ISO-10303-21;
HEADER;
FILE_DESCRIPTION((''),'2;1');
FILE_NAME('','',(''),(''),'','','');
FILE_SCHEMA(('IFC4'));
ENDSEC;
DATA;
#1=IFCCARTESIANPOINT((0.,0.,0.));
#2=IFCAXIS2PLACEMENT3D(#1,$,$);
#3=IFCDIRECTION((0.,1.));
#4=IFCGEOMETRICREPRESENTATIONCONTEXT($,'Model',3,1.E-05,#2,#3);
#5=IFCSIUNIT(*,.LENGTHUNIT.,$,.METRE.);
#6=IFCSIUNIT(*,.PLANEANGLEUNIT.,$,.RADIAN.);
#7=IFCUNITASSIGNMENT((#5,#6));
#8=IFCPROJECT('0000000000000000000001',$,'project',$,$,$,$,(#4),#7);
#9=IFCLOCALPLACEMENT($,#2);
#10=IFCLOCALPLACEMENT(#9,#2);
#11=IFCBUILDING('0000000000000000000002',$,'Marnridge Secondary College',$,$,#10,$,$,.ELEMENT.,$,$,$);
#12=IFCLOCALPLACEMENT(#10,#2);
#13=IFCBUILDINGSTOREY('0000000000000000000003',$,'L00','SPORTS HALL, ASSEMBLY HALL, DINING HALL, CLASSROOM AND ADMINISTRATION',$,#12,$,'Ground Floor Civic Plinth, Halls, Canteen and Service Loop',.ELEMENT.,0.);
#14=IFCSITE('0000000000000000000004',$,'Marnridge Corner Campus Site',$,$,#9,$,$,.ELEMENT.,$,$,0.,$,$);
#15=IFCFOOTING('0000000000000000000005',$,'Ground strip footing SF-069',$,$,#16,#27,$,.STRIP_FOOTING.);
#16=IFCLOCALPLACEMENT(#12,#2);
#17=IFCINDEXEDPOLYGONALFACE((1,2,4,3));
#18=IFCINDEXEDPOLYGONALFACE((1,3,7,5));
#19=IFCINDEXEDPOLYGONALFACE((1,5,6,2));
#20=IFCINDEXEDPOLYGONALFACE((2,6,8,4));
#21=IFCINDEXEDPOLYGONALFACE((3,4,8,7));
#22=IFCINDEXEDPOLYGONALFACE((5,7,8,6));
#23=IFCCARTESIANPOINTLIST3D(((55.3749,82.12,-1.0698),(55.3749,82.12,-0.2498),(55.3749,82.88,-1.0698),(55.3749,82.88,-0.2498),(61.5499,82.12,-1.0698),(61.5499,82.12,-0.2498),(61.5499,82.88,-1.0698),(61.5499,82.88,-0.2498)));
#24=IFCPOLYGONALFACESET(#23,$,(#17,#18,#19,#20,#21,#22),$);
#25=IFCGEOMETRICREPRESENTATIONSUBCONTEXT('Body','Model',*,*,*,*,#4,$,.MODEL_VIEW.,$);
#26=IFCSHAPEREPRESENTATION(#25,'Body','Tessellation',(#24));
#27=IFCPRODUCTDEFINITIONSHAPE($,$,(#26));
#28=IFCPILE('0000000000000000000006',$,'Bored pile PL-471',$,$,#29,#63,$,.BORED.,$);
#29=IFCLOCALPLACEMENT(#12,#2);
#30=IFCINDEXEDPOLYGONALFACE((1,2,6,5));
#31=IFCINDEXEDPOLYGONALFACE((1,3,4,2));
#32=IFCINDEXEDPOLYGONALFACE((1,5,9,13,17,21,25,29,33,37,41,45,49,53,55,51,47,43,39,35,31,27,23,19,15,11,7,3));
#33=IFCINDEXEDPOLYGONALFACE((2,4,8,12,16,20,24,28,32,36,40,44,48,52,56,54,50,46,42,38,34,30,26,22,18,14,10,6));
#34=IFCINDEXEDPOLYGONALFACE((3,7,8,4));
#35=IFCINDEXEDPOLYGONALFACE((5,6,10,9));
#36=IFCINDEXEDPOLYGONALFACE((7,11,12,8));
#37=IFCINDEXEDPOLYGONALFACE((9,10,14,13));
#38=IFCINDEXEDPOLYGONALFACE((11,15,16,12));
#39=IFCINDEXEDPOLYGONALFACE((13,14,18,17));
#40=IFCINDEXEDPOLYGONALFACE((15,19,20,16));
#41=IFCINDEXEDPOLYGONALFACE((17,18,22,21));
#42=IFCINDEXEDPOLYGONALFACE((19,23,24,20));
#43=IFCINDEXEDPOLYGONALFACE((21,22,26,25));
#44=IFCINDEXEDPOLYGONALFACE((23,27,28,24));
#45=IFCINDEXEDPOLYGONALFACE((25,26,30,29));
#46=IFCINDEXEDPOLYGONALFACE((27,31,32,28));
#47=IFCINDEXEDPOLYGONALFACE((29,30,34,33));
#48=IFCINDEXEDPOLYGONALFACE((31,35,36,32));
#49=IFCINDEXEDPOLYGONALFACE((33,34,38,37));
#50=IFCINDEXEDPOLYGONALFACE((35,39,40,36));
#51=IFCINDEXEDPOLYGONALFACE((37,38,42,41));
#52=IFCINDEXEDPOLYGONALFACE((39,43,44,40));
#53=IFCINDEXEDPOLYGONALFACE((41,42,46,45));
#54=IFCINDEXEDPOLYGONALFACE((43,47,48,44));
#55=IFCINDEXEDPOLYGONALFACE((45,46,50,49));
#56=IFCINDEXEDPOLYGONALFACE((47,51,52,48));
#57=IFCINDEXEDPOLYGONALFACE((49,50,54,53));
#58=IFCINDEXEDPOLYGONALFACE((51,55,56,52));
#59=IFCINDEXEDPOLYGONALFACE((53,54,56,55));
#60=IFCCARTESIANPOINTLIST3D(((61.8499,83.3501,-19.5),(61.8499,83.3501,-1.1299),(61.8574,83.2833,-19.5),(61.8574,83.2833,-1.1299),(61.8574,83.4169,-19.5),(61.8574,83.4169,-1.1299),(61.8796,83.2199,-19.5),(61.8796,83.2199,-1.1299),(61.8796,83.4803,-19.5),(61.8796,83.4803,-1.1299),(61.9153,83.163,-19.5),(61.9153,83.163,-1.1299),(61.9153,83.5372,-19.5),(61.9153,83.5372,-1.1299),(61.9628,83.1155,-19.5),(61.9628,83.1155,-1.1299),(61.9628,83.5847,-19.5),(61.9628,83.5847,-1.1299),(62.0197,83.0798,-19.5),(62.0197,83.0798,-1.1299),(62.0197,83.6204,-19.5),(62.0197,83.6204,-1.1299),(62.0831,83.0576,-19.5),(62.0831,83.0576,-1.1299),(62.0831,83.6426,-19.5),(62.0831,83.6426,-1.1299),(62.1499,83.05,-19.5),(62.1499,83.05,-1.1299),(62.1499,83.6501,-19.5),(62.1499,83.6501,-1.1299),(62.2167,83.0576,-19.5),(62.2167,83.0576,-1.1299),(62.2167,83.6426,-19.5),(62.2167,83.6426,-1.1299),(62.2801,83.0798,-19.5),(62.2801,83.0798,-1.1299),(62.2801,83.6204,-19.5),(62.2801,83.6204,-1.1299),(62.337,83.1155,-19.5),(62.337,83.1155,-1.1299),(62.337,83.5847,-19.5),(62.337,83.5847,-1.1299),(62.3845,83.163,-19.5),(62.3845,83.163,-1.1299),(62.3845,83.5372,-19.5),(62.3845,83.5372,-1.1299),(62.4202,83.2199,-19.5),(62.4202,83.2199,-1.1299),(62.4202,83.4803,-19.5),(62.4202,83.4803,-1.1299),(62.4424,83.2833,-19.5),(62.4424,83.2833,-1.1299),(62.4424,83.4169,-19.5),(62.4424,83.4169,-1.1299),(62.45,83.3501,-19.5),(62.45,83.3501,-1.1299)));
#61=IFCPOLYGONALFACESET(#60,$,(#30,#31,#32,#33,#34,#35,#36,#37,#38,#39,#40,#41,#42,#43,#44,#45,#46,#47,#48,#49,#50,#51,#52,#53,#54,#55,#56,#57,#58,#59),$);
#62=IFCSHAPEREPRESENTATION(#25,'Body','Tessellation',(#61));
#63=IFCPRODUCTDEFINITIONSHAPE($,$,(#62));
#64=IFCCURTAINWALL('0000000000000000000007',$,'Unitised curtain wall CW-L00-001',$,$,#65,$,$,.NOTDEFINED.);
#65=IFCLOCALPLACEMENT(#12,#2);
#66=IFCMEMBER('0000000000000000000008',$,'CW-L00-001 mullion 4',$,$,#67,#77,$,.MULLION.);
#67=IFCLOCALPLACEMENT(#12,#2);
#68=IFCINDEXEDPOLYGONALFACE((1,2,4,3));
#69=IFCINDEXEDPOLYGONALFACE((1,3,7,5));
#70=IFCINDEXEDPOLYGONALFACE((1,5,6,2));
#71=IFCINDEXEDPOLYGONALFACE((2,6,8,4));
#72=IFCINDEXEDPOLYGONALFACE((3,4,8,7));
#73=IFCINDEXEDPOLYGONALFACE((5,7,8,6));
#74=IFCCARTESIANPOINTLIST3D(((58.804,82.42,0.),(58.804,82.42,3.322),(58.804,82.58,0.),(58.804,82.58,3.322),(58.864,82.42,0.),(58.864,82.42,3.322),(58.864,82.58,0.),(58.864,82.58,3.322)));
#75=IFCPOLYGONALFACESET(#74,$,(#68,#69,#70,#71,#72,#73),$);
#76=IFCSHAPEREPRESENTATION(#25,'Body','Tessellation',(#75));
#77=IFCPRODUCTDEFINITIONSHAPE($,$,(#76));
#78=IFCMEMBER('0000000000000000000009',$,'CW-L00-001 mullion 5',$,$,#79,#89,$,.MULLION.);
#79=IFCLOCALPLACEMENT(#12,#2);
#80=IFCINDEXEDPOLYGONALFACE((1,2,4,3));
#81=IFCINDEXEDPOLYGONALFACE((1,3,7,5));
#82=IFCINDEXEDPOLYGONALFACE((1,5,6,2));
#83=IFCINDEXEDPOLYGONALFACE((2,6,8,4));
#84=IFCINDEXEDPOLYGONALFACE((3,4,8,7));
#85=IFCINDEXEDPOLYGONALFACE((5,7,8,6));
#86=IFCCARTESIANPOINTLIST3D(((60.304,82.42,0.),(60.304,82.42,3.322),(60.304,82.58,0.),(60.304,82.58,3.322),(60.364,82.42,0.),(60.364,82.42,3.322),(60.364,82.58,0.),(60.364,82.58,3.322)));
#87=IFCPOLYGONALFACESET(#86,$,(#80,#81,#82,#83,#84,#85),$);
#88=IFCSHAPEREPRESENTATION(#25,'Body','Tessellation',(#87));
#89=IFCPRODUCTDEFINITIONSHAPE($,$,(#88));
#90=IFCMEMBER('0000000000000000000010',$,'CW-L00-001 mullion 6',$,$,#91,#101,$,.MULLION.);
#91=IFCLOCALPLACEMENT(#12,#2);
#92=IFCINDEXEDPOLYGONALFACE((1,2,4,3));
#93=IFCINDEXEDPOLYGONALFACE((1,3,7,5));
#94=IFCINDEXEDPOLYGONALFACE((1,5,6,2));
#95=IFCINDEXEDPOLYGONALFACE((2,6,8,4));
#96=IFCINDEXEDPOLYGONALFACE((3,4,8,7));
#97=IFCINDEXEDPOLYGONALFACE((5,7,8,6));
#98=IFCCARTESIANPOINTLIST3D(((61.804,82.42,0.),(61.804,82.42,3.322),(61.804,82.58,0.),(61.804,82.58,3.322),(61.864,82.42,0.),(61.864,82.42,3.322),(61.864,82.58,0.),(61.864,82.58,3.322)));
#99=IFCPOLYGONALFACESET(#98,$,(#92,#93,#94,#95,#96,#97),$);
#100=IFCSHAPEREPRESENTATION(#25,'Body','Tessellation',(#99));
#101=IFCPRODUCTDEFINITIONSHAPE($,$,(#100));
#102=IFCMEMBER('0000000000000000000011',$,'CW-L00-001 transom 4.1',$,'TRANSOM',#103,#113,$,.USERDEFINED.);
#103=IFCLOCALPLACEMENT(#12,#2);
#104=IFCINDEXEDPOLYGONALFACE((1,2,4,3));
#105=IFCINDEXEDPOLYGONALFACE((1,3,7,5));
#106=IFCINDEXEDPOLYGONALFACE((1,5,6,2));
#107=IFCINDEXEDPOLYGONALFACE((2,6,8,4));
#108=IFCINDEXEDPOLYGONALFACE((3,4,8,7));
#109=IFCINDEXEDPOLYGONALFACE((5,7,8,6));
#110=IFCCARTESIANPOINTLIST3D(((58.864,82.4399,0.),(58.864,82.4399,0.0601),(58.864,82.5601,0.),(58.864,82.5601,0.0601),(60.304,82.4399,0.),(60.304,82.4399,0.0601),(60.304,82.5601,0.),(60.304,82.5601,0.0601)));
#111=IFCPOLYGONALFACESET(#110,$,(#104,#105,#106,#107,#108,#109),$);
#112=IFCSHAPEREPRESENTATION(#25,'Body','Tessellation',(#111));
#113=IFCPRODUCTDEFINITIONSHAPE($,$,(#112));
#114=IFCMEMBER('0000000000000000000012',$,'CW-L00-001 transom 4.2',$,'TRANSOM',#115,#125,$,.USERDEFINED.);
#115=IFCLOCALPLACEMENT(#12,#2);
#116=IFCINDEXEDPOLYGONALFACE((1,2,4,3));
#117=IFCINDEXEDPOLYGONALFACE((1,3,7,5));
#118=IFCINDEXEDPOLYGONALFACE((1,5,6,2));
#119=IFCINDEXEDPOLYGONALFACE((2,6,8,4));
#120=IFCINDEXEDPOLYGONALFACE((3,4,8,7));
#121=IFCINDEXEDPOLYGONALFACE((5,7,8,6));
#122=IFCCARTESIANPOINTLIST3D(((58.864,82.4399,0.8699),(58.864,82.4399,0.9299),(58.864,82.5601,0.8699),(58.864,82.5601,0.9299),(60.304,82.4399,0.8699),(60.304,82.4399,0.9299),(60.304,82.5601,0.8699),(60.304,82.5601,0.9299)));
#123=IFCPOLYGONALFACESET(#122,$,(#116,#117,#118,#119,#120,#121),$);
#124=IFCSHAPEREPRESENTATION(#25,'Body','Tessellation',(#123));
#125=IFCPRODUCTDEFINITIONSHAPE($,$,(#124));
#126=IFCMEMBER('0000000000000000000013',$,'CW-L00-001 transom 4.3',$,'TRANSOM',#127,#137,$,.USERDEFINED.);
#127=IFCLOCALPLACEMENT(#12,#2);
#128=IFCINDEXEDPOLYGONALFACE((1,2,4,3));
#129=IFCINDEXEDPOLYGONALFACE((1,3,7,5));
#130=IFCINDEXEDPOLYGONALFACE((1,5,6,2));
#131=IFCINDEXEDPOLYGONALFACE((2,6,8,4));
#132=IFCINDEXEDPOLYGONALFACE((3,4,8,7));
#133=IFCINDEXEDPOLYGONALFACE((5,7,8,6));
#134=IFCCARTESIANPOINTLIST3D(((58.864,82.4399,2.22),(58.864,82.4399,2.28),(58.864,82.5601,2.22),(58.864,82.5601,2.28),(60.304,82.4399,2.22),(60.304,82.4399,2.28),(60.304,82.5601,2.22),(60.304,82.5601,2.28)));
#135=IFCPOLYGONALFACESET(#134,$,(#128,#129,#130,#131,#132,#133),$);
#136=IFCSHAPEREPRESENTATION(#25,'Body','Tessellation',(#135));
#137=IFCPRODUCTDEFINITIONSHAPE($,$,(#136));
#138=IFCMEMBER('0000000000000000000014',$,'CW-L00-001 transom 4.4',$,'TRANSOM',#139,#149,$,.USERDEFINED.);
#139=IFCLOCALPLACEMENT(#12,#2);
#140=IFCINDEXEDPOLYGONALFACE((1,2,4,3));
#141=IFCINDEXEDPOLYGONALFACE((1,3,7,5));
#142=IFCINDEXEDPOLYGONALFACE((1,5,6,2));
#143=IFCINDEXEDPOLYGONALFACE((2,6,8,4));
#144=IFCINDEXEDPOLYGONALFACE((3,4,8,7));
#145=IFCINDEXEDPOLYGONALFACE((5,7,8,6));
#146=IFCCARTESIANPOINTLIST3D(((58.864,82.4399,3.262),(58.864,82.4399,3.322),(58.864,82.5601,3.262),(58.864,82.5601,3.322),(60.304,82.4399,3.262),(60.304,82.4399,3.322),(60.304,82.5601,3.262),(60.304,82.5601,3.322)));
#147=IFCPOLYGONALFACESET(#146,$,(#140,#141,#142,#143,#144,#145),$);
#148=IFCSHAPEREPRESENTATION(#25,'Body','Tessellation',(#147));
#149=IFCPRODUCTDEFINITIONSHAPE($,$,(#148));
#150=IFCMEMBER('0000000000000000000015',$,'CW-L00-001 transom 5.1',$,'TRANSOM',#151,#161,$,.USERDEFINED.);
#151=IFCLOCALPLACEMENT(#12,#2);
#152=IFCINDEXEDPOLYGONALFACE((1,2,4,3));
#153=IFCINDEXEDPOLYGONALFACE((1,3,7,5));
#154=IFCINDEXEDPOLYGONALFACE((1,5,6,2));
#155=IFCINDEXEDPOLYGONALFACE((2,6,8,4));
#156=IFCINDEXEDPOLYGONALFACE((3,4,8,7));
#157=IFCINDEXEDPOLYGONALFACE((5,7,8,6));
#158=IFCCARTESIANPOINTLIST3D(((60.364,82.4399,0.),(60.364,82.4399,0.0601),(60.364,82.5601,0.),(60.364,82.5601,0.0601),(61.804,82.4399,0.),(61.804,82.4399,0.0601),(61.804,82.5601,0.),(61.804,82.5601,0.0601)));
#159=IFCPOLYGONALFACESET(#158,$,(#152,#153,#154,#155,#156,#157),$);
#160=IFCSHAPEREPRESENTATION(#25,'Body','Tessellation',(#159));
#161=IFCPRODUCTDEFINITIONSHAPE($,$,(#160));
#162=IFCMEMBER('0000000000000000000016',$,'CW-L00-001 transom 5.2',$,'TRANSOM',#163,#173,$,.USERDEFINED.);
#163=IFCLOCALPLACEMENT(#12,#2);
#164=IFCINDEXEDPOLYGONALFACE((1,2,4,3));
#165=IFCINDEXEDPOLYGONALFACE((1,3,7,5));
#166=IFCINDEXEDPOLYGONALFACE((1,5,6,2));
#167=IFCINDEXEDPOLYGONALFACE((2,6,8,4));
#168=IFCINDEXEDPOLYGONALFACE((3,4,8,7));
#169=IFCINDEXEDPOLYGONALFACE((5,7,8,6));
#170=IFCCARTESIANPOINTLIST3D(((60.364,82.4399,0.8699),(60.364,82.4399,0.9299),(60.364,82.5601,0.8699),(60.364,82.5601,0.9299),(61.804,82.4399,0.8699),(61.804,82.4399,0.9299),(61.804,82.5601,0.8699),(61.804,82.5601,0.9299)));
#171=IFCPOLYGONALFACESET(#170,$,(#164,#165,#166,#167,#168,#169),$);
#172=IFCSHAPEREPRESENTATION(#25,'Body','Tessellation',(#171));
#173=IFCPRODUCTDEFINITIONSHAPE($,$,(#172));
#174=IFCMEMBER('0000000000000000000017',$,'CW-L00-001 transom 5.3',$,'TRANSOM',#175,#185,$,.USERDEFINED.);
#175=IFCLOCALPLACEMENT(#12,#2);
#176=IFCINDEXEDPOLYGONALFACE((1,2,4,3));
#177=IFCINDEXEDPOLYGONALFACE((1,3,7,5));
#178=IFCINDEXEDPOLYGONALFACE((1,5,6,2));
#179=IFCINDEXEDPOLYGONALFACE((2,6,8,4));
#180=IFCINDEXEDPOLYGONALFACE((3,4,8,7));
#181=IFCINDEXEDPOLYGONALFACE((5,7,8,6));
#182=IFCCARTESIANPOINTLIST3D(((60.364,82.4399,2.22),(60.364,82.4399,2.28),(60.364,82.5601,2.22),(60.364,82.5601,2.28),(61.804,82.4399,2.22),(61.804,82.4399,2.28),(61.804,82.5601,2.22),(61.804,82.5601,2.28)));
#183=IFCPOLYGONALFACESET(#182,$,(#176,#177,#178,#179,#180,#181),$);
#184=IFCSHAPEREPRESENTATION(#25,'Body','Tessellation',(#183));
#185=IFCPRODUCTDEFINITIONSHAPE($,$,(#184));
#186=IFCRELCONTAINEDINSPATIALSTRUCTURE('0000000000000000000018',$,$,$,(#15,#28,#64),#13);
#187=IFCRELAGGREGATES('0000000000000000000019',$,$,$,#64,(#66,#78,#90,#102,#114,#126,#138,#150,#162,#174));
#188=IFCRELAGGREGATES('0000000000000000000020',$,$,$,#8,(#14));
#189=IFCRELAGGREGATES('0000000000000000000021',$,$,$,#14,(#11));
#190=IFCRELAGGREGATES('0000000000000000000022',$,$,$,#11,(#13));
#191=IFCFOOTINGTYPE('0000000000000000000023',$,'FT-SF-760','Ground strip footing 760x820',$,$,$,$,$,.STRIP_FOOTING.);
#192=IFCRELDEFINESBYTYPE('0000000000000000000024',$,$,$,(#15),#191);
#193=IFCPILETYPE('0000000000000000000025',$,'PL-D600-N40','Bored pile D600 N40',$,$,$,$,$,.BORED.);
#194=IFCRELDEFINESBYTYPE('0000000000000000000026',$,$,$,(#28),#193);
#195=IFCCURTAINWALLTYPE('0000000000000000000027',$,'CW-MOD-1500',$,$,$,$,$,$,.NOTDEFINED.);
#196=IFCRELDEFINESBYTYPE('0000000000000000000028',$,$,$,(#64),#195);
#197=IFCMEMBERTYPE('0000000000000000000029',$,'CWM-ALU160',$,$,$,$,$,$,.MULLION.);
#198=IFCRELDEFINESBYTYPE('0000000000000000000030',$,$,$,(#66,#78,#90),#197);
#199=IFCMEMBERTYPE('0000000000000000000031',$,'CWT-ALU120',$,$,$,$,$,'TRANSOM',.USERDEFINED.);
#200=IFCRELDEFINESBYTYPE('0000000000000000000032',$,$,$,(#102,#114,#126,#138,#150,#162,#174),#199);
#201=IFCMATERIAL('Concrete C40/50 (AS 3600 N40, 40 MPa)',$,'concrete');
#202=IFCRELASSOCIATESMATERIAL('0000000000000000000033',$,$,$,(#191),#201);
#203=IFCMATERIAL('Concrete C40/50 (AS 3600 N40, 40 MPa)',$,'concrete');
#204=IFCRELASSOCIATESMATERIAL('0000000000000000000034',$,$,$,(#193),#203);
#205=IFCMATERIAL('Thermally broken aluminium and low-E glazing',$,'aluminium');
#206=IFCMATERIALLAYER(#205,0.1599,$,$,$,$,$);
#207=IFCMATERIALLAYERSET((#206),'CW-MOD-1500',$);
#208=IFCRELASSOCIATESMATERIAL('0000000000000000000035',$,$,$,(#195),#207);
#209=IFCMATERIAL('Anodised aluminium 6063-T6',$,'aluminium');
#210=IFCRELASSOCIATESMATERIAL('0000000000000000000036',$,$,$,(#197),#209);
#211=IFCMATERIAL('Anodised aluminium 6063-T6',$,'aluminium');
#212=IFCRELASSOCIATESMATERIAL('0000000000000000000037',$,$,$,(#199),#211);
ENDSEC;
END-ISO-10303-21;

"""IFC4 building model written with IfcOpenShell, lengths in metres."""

from ifc_helpers import new_model, si_unit, direction, frame, origin, origin_2d, place, context, subcontext, project, spatial, rectangle, circle, extrude, material, layer, layer_set, material_profile, profile_set, type_object, element, aggregate, save


model = new_model("IFC4")

# Units and contexts
model_context = context("Model", 3, precision=1e-05, world=origin(), true_north=direction((0.0, 1.0)))
body_context = subcontext(model_context, "Body", "Model", "MODEL_VIEW")
ifc_project = project(units=[si_unit("LENGTHUNIT", "METRE"), si_unit("PLANEANGLEUNIT", "RADIAN")], contexts=[model_context])

# Site, building, storey
site_placement = place(None, origin())
site = spatial("IfcSite", under=ifc_project, at=site_placement, Name="Marnridge Corner Campus Site", CompositionType="ELEMENT", RefElevation=0.0)
building_placement = place(site_placement, origin())
building = spatial("IfcBuilding", under=site, at=building_placement, Name="Marnridge Secondary College", CompositionType="ELEMENT")
storey_placement = place(building_placement, origin())
storey = spatial("IfcBuildingStorey", under=building, at=storey_placement, Name="L00", Description="SPORTS HALL, ASSEMBLY HALL, DINING HALL, CLASSROOM AND ADMINISTRATION", LongName="Ground Floor Civic Plinth, Halls, Canteen and Service Loop", CompositionType="ELEMENT", Elevation=0.0)

# Footing
ifc_material_1 = material(Name="Concrete C40/50 (AS 3600 N40, 40 MPa)", Category="concrete")
footing_type = type_object("IfcFootingType", Name="FT-SF-760", Description="Ground strip footing 760x820", PredefinedType="STRIP_FOOTING", material=ifc_material_1)
footing_placement = place(storey_placement, frame((58.4624, 82.5, -1.0698), z_axis=(0.0, 0.0, 1.0), x_axis=(1.0, 0.0, 0.0)))
element("IfcFooting", 1, at=footing_placement, inside=storey, type_object=footing_type, Name="Ground strip footing SF-069", PredefinedType="STRIP_FOOTING", context=body_context, shape_type="SweptSolid", body=[
    extrude(rectangle(XDim=6.175, YDim=0.76, at=origin_2d()), origin(), (0.0, 0.0, 1.0), 0.8201),
])

# Pile
ifc_material_2 = material(Name="Concrete C40/50 (AS 3600 N40, 40 MPa)", Category="concrete")
ifc_material_profile_1 = material_profile(ifc_material_2, circle(Radius=0.3, at=origin_2d()), Name="PILE D600")
ifc_profile_set_1 = profile_set([ifc_material_profile_1], Name="Concrete C40/50 (AS 3600 N40, 40 MPa)")
pile_type = type_object("IfcPileType", Name="PL-D600-N40", Description="Bored pile D600 N40", PredefinedType="BORED", material=ifc_profile_set_1)
pile_placement = place(storey_placement, frame((62.1499, 83.3501, -1.1299), z_axis=(0.0, 0.0, -1.0), x_axis=(1.0, 0.0, 0.0)))
element("IfcPile", 2, at=pile_placement, inside=storey, type_object=pile_type, Name="Bored pile PL-471", PredefinedType="BORED", context=body_context, shape_type="SweptSolid", body=[
    extrude(circle(Radius=0.3, at=origin_2d()), origin(), (0.0, 0.0, 1.0), 18.3701),
])

# Curtain wall, members
ifc_material_3 = material(Name="Thermally broken aluminium and low-E glazing", Category="aluminium")
ifc_layer_1 = layer(ifc_material_3, 0.1599)
ifc_layer_set_1 = layer_set([ifc_layer_1], Name="CW-MOD-1500")
curtain_wall_type = type_object("IfcCurtainWallType", Name="CW-MOD-1500", PredefinedType="NOTDEFINED", material=ifc_layer_set_1)
curtain_wall_placement = place(storey_placement, origin())
curtain_wall = element("IfcCurtainWall", 3, at=curtain_wall_placement, inside=storey, type_object=curtain_wall_type, Name="Unitised curtain wall CW-L00-001", PredefinedType="NOTDEFINED")
ifc_material_4 = material(Name="Anodised aluminium 6063-T6", Category="aluminium")
ifc_material_profile_2 = material_profile(ifc_material_4, rectangle(XDim=0.0601, YDim=0.1599, at=origin_2d()), Name="ALU 60x160")
ifc_profile_set_2 = profile_set([ifc_material_profile_2], Name="Anodised aluminium 6063-T6")
member_type_1 = type_object("IfcMemberType", Name="CWM-ALU160", PredefinedType="MULLION", material=ifc_profile_set_2)
member_1_placement = place(storey_placement, frame((58.834, 82.5, 0.0), z_axis=(0.0, 0.0, 1.0), x_axis=(1.0, 0.0, 0.0)))
member_1 = element("IfcMember", 4, at=member_1_placement, type_object=member_type_1, Name="CW-L00-001 mullion 4", PredefinedType="MULLION", context=body_context, shape_type="SweptSolid", body=[
    extrude(rectangle(XDim=0.0601, YDim=0.1599, at=origin_2d()), origin(), (0.0, 0.0, 1.0), 3.322),
])
member_2_placement = place(storey_placement, frame((60.334, 82.5, 0.0), z_axis=(0.0, 0.0, 1.0), x_axis=(1.0, 0.0, 0.0)))
member_2 = element("IfcMember", 5, at=member_2_placement, type_object=member_type_1, Name="CW-L00-001 mullion 5", PredefinedType="MULLION", context=body_context, shape_type="SweptSolid", body=[
    extrude(rectangle(XDim=0.0601, YDim=0.1599, at=origin_2d()), origin(), (0.0, 0.0, 1.0), 3.322),
])
member_3_placement = place(storey_placement, frame((61.834, 82.5, 0.0), z_axis=(0.0, 0.0, 1.0), x_axis=(1.0, 0.0, 0.0)))
member_3 = element("IfcMember", 6, at=member_3_placement, type_object=member_type_1, Name="CW-L00-001 mullion 6", PredefinedType="MULLION", context=body_context, shape_type="SweptSolid", body=[
    extrude(rectangle(XDim=0.0601, YDim=0.1599, at=origin_2d()), origin(), (0.0, 0.0, 1.0), 3.322),
])
ifc_material_5 = material(Name="Anodised aluminium 6063-T6", Category="aluminium")
ifc_material_profile_3 = material_profile(ifc_material_5, rectangle(XDim=0.0601, YDim=0.1201, at=origin_2d()), Name="ALU 60x120")
ifc_profile_set_3 = profile_set([ifc_material_profile_3], Name="Anodised aluminium 6063-T6")
member_type_2 = type_object("IfcMemberType", Name="CWT-ALU120", ElementType="TRANSOM", PredefinedType="USERDEFINED", material=ifc_profile_set_3)
member_4_placement = place(storey_placement, frame((58.864, 82.5, 0.03), z_axis=(1.0, 0.0, 0.0), x_axis=(0.0, 0.0, 1.0)))
member_4 = element("IfcMember", 7, at=member_4_placement, type_object=member_type_2, Name="CW-L00-001 transom 4.1", ObjectType="TRANSOM", PredefinedType="USERDEFINED", context=body_context, shape_type="SweptSolid", body=[
    extrude(rectangle(XDim=0.0601, YDim=0.1201, at=origin_2d()), origin(), (0.0, 0.0, 1.0), 1.4399),
])
member_5_placement = place(storey_placement, frame((58.864, 82.5, 0.8999), z_axis=(1.0, 0.0, 0.0), x_axis=(0.0, 0.0, 1.0)))
member_5 = element("IfcMember", 8, at=member_5_placement, type_object=member_type_2, Name="CW-L00-001 transom 4.2", ObjectType="TRANSOM", PredefinedType="USERDEFINED", context=body_context, shape_type="SweptSolid", body=[
    extrude(rectangle(XDim=0.0601, YDim=0.1201, at=origin_2d()), origin(), (0.0, 0.0, 1.0), 1.4399),
])
member_6_placement = place(storey_placement, frame((58.864, 82.5, 2.25), z_axis=(1.0, 0.0, 0.0), x_axis=(0.0, 0.0, 1.0)))
member_6 = element("IfcMember", 9, at=member_6_placement, type_object=member_type_2, Name="CW-L00-001 transom 4.3", ObjectType="TRANSOM", PredefinedType="USERDEFINED", context=body_context, shape_type="SweptSolid", body=[
    extrude(rectangle(XDim=0.0601, YDim=0.1201, at=origin_2d()), origin(), (0.0, 0.0, 1.0), 1.4399),
])
member_7_placement = place(storey_placement, frame((58.864, 82.5, 3.292), z_axis=(1.0, 0.0, 0.0), x_axis=(0.0, 0.0, 1.0)))
member_7 = element("IfcMember", 10, at=member_7_placement, type_object=member_type_2, Name="CW-L00-001 transom 4.4", ObjectType="TRANSOM", PredefinedType="USERDEFINED", context=body_context, shape_type="SweptSolid", body=[
    extrude(rectangle(XDim=0.0601, YDim=0.1201, at=origin_2d()), origin(), (0.0, 0.0, 1.0), 1.4399),
])
member_8_placement = place(storey_placement, frame((60.364, 82.5, 0.03), z_axis=(1.0, 0.0, 0.0), x_axis=(0.0, 0.0, 1.0)))
member_8 = element("IfcMember", 11, at=member_8_placement, type_object=member_type_2, Name="CW-L00-001 transom 5.1", ObjectType="TRANSOM", PredefinedType="USERDEFINED", context=body_context, shape_type="SweptSolid", body=[
    extrude(rectangle(XDim=0.0601, YDim=0.1201, at=origin_2d()), origin(), (0.0, 0.0, 1.0), 1.4399),
])
member_9_placement = place(storey_placement, frame((60.364, 82.5, 0.8999), z_axis=(1.0, 0.0, 0.0), x_axis=(0.0, 0.0, 1.0)))
member_9 = element("IfcMember", 12, at=member_9_placement, type_object=member_type_2, Name="CW-L00-001 transom 5.2", ObjectType="TRANSOM", PredefinedType="USERDEFINED", context=body_context, shape_type="SweptSolid", body=[
    extrude(rectangle(XDim=0.0601, YDim=0.1201, at=origin_2d()), origin(), (0.0, 0.0, 1.0), 1.4399),
])
member_10_placement = place(storey_placement, frame((60.364, 82.5, 2.25), z_axis=(1.0, 0.0, 0.0), x_axis=(0.0, 0.0, 1.0)))
member_10 = element("IfcMember", 13, at=member_10_placement, type_object=member_type_2, Name="CW-L00-001 transom 5.3", ObjectType="TRANSOM", PredefinedType="USERDEFINED", context=body_context, shape_type="SweptSolid", body=[
    extrude(rectangle(XDim=0.0601, YDim=0.1201, at=origin_2d()), origin(), (0.0, 0.0, 1.0), 1.4399),
])
aggregate(curtain_wall, [member_1, member_2, member_3, member_4, member_5, member_6, member_7, member_8, member_9, member_10])

save(model, "model.ifc")
